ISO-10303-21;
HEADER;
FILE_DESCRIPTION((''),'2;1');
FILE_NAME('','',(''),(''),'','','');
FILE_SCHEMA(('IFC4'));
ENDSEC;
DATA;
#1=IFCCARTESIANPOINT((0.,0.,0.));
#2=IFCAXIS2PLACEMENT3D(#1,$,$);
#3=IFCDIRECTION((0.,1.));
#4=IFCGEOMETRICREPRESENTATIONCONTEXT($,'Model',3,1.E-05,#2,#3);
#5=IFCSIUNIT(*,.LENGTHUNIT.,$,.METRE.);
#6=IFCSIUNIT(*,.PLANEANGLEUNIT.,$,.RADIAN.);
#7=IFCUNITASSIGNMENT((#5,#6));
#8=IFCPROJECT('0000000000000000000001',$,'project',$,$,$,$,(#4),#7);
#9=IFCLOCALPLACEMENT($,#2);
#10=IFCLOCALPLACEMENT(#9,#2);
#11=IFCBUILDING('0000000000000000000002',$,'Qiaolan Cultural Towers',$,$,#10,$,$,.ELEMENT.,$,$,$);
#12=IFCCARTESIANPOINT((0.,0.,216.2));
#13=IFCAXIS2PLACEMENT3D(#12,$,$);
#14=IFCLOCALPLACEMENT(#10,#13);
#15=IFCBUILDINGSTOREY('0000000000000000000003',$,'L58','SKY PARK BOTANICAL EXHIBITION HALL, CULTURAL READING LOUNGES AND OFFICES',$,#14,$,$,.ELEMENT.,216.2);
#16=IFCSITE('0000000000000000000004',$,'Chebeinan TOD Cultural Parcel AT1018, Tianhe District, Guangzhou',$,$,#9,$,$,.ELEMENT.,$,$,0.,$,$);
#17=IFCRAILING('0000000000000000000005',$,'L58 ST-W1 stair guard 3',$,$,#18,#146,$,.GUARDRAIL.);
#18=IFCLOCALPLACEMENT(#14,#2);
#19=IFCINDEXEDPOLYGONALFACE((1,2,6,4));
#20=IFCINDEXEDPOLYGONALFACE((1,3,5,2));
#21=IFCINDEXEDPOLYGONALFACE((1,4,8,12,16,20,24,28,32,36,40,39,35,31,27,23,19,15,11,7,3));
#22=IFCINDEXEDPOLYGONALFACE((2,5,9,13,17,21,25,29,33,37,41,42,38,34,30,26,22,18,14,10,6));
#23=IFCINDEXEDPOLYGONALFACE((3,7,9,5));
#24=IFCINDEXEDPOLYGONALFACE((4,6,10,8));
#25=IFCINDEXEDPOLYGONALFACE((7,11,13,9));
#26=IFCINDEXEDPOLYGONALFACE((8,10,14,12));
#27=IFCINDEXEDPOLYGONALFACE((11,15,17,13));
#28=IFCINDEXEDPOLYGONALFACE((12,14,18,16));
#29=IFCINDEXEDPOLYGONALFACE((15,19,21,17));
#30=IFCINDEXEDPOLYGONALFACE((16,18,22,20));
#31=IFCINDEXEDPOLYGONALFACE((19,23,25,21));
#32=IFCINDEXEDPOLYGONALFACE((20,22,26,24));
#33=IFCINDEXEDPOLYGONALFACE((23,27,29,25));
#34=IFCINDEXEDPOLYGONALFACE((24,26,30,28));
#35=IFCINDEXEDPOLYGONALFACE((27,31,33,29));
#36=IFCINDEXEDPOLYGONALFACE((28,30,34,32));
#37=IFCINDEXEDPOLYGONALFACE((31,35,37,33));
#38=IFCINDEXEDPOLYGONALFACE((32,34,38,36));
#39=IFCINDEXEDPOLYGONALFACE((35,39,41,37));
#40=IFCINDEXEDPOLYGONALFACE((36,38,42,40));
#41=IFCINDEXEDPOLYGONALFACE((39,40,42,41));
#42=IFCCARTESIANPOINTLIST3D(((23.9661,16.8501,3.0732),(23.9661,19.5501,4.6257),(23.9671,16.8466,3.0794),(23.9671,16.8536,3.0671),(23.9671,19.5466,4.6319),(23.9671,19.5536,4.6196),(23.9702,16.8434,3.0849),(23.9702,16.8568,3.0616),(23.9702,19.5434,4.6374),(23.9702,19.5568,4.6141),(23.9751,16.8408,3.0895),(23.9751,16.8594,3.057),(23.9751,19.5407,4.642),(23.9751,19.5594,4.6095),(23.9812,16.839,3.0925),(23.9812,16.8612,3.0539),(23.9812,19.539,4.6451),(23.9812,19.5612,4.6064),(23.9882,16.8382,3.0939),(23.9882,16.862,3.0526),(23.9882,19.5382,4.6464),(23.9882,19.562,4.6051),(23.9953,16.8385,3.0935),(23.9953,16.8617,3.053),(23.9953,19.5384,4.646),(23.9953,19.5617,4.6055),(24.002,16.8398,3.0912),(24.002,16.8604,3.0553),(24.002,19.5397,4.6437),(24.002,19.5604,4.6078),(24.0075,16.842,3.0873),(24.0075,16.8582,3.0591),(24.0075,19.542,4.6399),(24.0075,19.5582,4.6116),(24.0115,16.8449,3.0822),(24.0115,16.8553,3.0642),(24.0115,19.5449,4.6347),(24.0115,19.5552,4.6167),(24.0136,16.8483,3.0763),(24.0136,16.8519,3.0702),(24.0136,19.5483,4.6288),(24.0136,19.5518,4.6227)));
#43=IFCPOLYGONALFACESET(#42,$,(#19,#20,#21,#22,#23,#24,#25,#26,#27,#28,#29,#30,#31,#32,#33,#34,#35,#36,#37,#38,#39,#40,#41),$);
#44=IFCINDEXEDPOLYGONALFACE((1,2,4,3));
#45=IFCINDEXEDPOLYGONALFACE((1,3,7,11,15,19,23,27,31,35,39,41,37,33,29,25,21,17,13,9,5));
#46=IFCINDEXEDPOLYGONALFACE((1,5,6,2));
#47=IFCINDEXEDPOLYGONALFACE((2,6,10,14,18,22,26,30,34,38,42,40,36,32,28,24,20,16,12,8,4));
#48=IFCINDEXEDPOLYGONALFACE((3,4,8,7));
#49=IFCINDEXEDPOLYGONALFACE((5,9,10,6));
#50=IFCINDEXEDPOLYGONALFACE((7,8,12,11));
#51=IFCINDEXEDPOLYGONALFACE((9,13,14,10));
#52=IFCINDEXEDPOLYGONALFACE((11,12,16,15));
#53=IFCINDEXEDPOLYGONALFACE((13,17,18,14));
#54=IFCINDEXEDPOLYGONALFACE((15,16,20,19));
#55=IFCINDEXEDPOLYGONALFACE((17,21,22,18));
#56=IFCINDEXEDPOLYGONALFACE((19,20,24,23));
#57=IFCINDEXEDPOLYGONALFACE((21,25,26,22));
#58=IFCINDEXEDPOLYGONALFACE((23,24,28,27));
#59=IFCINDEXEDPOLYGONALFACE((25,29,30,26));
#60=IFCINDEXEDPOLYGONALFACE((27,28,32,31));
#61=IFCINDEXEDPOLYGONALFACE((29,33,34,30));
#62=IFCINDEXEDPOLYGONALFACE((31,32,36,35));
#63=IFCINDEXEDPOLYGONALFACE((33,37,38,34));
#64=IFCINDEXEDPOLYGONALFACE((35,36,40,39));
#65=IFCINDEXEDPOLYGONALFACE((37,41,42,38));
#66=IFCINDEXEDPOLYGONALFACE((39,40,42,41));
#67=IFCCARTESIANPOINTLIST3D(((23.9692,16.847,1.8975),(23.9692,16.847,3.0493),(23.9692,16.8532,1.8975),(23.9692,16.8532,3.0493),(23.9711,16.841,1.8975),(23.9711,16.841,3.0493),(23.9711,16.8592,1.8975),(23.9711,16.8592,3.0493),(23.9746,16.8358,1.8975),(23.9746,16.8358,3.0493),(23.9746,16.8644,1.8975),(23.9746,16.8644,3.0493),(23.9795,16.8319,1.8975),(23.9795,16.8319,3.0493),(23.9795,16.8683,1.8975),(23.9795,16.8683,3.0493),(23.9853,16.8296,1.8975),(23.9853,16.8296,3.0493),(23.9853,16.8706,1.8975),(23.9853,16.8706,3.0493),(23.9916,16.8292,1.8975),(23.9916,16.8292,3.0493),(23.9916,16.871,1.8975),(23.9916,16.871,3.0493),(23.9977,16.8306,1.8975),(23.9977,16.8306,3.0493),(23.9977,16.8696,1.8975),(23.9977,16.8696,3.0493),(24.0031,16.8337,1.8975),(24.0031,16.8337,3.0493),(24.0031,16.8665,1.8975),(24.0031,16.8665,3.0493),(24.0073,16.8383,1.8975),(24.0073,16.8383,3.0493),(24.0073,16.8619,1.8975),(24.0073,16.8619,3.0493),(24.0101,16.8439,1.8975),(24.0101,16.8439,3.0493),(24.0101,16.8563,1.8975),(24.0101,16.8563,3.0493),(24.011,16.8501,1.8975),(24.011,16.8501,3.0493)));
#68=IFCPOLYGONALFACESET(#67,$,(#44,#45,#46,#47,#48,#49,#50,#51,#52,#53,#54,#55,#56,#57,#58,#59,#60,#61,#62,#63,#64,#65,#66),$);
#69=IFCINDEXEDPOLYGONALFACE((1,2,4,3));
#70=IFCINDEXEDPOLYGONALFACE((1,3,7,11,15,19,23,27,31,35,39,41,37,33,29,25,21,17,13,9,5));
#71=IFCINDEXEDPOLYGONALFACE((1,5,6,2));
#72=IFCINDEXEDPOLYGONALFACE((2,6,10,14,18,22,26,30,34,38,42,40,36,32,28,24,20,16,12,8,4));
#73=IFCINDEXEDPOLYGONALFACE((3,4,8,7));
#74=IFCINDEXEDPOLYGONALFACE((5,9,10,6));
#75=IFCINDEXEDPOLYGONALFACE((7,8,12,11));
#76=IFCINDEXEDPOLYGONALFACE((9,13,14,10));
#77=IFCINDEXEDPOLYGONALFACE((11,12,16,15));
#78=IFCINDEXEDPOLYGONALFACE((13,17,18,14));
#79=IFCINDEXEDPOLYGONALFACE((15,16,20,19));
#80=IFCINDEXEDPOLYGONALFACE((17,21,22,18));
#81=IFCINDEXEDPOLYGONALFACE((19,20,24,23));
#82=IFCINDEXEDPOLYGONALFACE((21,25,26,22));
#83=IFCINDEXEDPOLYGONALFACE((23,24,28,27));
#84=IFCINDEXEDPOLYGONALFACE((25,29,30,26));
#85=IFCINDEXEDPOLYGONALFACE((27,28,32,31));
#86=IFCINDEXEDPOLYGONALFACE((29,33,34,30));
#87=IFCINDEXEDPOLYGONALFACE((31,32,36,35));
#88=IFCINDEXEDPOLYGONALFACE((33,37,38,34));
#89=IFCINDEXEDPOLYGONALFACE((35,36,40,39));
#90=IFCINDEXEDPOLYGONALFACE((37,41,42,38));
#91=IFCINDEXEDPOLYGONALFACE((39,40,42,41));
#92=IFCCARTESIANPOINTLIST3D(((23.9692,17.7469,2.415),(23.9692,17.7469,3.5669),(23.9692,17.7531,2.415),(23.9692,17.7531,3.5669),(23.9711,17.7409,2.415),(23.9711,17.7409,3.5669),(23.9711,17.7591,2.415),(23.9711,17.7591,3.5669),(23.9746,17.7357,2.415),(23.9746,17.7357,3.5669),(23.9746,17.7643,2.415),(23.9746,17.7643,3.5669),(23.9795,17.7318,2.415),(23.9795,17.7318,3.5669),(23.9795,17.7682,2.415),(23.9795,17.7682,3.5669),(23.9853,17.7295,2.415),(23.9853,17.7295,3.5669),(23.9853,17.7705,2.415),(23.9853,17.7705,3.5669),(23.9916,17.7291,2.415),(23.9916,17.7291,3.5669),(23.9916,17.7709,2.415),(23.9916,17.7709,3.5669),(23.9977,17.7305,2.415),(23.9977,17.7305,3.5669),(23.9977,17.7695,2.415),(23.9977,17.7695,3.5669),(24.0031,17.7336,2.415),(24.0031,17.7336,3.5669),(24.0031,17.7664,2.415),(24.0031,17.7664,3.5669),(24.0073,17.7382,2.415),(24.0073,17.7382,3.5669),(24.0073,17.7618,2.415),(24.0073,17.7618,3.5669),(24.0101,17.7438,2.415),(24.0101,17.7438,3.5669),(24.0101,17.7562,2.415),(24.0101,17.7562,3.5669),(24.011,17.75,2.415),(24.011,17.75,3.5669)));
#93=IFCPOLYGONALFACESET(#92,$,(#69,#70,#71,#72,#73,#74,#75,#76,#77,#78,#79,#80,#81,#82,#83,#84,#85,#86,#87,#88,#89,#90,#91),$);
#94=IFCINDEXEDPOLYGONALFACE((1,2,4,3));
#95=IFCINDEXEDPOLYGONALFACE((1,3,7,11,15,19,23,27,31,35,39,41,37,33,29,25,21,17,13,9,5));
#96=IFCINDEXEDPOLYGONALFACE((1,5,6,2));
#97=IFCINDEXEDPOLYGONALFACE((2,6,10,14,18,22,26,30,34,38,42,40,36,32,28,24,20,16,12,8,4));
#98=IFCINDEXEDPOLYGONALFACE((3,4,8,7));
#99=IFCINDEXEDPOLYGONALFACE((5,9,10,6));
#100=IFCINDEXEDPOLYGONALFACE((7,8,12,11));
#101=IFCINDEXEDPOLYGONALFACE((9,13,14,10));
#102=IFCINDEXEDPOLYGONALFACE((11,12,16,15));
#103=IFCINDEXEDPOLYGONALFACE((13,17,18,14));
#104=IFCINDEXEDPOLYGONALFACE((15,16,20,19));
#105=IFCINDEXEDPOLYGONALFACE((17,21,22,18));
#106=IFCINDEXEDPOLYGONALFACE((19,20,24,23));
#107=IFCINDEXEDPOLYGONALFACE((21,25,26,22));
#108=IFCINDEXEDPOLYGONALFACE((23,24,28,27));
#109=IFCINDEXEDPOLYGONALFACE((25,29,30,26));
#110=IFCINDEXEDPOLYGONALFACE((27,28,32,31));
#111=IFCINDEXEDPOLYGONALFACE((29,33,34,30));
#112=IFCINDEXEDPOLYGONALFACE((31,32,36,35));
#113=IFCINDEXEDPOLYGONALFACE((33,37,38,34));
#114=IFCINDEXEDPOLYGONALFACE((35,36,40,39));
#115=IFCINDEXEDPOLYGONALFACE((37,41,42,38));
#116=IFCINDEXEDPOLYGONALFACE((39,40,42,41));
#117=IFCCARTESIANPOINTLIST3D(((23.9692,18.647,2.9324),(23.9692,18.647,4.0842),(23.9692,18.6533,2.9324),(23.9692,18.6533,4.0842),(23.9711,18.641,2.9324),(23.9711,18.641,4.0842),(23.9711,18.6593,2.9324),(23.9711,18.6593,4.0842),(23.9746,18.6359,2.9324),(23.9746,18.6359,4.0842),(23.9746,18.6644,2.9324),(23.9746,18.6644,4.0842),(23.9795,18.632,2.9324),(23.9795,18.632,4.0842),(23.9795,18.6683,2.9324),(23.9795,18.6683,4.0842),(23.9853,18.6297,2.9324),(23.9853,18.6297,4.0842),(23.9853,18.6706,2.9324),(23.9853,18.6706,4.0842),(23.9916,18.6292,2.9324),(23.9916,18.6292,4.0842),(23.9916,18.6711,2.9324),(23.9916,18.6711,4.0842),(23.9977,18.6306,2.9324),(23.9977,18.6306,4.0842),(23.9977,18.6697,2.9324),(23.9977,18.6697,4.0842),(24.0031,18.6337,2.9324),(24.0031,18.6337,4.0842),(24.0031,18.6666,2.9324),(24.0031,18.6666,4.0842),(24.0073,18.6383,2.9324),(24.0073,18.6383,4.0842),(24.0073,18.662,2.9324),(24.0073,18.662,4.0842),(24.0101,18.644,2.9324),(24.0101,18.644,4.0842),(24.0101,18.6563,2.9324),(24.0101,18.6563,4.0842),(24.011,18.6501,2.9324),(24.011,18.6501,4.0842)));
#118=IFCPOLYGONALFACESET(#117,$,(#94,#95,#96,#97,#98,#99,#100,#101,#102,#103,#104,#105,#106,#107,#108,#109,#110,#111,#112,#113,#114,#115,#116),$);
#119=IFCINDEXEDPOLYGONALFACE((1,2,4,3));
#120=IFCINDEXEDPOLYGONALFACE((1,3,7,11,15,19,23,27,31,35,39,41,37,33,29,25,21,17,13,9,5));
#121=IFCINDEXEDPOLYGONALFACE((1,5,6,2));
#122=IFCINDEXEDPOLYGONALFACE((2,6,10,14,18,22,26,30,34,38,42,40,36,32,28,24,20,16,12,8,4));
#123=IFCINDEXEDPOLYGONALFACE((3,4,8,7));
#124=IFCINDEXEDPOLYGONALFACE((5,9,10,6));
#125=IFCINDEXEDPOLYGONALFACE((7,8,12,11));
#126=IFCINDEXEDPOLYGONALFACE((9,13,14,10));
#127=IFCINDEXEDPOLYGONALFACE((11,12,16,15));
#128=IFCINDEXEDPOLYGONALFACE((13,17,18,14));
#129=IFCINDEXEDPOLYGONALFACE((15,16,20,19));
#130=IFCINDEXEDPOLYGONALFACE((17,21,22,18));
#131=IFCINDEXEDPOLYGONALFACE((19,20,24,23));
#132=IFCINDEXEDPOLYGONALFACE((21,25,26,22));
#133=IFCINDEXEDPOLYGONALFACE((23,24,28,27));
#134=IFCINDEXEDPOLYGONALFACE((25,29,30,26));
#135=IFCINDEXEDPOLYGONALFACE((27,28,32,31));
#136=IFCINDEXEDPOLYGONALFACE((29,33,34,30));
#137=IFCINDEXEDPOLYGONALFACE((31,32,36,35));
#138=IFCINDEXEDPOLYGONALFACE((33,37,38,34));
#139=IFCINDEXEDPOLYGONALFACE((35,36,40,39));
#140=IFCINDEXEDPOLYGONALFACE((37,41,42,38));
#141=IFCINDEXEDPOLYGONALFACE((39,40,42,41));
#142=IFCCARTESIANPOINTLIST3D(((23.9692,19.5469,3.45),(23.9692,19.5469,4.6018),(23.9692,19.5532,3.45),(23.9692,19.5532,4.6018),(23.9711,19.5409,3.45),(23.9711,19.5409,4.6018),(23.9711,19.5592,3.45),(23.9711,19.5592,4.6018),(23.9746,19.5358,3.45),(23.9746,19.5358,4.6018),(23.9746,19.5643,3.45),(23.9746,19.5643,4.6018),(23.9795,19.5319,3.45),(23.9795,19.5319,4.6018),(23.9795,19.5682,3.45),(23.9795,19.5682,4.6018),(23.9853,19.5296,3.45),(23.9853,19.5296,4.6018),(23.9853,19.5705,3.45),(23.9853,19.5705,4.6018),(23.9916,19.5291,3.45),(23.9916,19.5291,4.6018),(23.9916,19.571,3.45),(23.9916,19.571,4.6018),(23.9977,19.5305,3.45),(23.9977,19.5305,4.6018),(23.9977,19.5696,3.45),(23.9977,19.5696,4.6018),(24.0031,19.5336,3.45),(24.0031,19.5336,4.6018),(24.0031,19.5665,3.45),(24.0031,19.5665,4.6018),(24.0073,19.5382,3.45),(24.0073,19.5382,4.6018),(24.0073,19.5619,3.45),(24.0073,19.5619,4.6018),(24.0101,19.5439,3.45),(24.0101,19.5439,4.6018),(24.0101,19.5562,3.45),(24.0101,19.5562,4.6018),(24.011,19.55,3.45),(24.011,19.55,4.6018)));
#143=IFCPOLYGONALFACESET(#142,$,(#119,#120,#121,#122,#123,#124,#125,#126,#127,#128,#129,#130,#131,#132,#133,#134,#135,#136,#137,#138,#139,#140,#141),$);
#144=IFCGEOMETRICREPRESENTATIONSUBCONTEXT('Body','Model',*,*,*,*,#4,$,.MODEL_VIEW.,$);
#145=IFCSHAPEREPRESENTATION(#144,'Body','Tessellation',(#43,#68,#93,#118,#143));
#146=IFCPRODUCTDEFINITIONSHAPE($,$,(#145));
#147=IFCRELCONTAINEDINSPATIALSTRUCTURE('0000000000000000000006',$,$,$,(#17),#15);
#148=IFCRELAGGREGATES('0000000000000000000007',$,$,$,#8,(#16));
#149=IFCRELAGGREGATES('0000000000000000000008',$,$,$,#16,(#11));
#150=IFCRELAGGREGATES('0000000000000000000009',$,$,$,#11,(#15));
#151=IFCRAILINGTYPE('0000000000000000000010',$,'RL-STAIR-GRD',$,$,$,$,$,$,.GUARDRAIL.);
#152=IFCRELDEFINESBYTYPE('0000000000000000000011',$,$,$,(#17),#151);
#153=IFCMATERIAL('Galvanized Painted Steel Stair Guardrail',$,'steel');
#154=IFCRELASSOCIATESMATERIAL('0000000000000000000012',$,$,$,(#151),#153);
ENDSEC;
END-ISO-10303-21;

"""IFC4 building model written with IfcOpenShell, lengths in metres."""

from ifc_helpers import new_model, si_unit, direction, frame, origin, origin_2d, place, context, subcontext, project, spatial, circle, extrude, material, type_object, element, save


model = new_model("IFC4")

# Units and contexts
model_context = context("Model", 3, precision=1e-05, world=origin(), true_north=direction((0.0, 1.0)))
body_context = subcontext(model_context, "Body", "Model", "MODEL_VIEW")
ifc_project = project(units=[si_unit("LENGTHUNIT", "METRE"), si_unit("PLANEANGLEUNIT", "RADIAN")], contexts=[model_context])

# Site, building, storey
site_placement = place(None, origin())
site = spatial("IfcSite", under=ifc_project, at=site_placement, Name="Chebeinan TOD Cultural Parcel AT1018, Tianhe District, Guangzhou", CompositionType="ELEMENT", RefElevation=0.0)
building_placement = place(site_placement, origin())
building = spatial("IfcBuilding", under=site, at=building_placement, Name="Qiaolan Cultural Towers", CompositionType="ELEMENT")
storey_placement = place(building_placement, frame((0.0, 0.0, 216.2)))
storey = spatial("IfcBuildingStorey", under=building, at=storey_placement, Name="L58", Description="SKY PARK BOTANICAL EXHIBITION HALL, CULTURAL READING LOUNGES AND OFFICES", CompositionType="ELEMENT", Elevation=216.2)

# Railing
ifc_material_1 = material(Name="Galvanized Painted Steel Stair Guardrail", Category="steel")
railing_type_1 = type_object("IfcRailingType", Name="RL-STAIR-GRD", PredefinedType="GUARDRAIL", material=ifc_material_1)
railing_1_placement = place(storey_placement, frame((23.99, 16.8501, 1.8975)))
element("IfcRailing", 1, at=railing_1_placement, inside=storey, type_object=railing_type_1, Name="L58 ST-W1 stair guard 3", PredefinedType="GUARDRAIL", context=body_context, shape_type="SweptSolid", body=[
    extrude(circle(Radius=0.0239, at=origin_2d()), frame((0.0, 0.0, 1.1758), z_axis=(0.0, 0.866904, 0.498476), x_axis=(-1.0, 0.0, 0.0)), (0.0, 0.0, 1.0), 3.1145),
    extrude(circle(Radius=0.021, at=origin_2d()), origin(), (0.0, 0.0, 1.0), 1.1519),
    extrude(circle(Radius=0.021, at=origin_2d()), frame((0.0, 0.8999, 0.5176)), (0.0, 0.0, 1.0), 1.1519),
    extrude(circle(Radius=0.021, at=origin_2d()), frame((0.0, 1.8, 1.0349)), (0.0, 0.0, 1.0), 1.1519),
    extrude(circle(Radius=0.021, at=origin_2d()), frame((0.0, 2.7, 1.5525)), (0.0, 0.0, 1.0), 1.1519),
])

save(model, "model.ifc")
